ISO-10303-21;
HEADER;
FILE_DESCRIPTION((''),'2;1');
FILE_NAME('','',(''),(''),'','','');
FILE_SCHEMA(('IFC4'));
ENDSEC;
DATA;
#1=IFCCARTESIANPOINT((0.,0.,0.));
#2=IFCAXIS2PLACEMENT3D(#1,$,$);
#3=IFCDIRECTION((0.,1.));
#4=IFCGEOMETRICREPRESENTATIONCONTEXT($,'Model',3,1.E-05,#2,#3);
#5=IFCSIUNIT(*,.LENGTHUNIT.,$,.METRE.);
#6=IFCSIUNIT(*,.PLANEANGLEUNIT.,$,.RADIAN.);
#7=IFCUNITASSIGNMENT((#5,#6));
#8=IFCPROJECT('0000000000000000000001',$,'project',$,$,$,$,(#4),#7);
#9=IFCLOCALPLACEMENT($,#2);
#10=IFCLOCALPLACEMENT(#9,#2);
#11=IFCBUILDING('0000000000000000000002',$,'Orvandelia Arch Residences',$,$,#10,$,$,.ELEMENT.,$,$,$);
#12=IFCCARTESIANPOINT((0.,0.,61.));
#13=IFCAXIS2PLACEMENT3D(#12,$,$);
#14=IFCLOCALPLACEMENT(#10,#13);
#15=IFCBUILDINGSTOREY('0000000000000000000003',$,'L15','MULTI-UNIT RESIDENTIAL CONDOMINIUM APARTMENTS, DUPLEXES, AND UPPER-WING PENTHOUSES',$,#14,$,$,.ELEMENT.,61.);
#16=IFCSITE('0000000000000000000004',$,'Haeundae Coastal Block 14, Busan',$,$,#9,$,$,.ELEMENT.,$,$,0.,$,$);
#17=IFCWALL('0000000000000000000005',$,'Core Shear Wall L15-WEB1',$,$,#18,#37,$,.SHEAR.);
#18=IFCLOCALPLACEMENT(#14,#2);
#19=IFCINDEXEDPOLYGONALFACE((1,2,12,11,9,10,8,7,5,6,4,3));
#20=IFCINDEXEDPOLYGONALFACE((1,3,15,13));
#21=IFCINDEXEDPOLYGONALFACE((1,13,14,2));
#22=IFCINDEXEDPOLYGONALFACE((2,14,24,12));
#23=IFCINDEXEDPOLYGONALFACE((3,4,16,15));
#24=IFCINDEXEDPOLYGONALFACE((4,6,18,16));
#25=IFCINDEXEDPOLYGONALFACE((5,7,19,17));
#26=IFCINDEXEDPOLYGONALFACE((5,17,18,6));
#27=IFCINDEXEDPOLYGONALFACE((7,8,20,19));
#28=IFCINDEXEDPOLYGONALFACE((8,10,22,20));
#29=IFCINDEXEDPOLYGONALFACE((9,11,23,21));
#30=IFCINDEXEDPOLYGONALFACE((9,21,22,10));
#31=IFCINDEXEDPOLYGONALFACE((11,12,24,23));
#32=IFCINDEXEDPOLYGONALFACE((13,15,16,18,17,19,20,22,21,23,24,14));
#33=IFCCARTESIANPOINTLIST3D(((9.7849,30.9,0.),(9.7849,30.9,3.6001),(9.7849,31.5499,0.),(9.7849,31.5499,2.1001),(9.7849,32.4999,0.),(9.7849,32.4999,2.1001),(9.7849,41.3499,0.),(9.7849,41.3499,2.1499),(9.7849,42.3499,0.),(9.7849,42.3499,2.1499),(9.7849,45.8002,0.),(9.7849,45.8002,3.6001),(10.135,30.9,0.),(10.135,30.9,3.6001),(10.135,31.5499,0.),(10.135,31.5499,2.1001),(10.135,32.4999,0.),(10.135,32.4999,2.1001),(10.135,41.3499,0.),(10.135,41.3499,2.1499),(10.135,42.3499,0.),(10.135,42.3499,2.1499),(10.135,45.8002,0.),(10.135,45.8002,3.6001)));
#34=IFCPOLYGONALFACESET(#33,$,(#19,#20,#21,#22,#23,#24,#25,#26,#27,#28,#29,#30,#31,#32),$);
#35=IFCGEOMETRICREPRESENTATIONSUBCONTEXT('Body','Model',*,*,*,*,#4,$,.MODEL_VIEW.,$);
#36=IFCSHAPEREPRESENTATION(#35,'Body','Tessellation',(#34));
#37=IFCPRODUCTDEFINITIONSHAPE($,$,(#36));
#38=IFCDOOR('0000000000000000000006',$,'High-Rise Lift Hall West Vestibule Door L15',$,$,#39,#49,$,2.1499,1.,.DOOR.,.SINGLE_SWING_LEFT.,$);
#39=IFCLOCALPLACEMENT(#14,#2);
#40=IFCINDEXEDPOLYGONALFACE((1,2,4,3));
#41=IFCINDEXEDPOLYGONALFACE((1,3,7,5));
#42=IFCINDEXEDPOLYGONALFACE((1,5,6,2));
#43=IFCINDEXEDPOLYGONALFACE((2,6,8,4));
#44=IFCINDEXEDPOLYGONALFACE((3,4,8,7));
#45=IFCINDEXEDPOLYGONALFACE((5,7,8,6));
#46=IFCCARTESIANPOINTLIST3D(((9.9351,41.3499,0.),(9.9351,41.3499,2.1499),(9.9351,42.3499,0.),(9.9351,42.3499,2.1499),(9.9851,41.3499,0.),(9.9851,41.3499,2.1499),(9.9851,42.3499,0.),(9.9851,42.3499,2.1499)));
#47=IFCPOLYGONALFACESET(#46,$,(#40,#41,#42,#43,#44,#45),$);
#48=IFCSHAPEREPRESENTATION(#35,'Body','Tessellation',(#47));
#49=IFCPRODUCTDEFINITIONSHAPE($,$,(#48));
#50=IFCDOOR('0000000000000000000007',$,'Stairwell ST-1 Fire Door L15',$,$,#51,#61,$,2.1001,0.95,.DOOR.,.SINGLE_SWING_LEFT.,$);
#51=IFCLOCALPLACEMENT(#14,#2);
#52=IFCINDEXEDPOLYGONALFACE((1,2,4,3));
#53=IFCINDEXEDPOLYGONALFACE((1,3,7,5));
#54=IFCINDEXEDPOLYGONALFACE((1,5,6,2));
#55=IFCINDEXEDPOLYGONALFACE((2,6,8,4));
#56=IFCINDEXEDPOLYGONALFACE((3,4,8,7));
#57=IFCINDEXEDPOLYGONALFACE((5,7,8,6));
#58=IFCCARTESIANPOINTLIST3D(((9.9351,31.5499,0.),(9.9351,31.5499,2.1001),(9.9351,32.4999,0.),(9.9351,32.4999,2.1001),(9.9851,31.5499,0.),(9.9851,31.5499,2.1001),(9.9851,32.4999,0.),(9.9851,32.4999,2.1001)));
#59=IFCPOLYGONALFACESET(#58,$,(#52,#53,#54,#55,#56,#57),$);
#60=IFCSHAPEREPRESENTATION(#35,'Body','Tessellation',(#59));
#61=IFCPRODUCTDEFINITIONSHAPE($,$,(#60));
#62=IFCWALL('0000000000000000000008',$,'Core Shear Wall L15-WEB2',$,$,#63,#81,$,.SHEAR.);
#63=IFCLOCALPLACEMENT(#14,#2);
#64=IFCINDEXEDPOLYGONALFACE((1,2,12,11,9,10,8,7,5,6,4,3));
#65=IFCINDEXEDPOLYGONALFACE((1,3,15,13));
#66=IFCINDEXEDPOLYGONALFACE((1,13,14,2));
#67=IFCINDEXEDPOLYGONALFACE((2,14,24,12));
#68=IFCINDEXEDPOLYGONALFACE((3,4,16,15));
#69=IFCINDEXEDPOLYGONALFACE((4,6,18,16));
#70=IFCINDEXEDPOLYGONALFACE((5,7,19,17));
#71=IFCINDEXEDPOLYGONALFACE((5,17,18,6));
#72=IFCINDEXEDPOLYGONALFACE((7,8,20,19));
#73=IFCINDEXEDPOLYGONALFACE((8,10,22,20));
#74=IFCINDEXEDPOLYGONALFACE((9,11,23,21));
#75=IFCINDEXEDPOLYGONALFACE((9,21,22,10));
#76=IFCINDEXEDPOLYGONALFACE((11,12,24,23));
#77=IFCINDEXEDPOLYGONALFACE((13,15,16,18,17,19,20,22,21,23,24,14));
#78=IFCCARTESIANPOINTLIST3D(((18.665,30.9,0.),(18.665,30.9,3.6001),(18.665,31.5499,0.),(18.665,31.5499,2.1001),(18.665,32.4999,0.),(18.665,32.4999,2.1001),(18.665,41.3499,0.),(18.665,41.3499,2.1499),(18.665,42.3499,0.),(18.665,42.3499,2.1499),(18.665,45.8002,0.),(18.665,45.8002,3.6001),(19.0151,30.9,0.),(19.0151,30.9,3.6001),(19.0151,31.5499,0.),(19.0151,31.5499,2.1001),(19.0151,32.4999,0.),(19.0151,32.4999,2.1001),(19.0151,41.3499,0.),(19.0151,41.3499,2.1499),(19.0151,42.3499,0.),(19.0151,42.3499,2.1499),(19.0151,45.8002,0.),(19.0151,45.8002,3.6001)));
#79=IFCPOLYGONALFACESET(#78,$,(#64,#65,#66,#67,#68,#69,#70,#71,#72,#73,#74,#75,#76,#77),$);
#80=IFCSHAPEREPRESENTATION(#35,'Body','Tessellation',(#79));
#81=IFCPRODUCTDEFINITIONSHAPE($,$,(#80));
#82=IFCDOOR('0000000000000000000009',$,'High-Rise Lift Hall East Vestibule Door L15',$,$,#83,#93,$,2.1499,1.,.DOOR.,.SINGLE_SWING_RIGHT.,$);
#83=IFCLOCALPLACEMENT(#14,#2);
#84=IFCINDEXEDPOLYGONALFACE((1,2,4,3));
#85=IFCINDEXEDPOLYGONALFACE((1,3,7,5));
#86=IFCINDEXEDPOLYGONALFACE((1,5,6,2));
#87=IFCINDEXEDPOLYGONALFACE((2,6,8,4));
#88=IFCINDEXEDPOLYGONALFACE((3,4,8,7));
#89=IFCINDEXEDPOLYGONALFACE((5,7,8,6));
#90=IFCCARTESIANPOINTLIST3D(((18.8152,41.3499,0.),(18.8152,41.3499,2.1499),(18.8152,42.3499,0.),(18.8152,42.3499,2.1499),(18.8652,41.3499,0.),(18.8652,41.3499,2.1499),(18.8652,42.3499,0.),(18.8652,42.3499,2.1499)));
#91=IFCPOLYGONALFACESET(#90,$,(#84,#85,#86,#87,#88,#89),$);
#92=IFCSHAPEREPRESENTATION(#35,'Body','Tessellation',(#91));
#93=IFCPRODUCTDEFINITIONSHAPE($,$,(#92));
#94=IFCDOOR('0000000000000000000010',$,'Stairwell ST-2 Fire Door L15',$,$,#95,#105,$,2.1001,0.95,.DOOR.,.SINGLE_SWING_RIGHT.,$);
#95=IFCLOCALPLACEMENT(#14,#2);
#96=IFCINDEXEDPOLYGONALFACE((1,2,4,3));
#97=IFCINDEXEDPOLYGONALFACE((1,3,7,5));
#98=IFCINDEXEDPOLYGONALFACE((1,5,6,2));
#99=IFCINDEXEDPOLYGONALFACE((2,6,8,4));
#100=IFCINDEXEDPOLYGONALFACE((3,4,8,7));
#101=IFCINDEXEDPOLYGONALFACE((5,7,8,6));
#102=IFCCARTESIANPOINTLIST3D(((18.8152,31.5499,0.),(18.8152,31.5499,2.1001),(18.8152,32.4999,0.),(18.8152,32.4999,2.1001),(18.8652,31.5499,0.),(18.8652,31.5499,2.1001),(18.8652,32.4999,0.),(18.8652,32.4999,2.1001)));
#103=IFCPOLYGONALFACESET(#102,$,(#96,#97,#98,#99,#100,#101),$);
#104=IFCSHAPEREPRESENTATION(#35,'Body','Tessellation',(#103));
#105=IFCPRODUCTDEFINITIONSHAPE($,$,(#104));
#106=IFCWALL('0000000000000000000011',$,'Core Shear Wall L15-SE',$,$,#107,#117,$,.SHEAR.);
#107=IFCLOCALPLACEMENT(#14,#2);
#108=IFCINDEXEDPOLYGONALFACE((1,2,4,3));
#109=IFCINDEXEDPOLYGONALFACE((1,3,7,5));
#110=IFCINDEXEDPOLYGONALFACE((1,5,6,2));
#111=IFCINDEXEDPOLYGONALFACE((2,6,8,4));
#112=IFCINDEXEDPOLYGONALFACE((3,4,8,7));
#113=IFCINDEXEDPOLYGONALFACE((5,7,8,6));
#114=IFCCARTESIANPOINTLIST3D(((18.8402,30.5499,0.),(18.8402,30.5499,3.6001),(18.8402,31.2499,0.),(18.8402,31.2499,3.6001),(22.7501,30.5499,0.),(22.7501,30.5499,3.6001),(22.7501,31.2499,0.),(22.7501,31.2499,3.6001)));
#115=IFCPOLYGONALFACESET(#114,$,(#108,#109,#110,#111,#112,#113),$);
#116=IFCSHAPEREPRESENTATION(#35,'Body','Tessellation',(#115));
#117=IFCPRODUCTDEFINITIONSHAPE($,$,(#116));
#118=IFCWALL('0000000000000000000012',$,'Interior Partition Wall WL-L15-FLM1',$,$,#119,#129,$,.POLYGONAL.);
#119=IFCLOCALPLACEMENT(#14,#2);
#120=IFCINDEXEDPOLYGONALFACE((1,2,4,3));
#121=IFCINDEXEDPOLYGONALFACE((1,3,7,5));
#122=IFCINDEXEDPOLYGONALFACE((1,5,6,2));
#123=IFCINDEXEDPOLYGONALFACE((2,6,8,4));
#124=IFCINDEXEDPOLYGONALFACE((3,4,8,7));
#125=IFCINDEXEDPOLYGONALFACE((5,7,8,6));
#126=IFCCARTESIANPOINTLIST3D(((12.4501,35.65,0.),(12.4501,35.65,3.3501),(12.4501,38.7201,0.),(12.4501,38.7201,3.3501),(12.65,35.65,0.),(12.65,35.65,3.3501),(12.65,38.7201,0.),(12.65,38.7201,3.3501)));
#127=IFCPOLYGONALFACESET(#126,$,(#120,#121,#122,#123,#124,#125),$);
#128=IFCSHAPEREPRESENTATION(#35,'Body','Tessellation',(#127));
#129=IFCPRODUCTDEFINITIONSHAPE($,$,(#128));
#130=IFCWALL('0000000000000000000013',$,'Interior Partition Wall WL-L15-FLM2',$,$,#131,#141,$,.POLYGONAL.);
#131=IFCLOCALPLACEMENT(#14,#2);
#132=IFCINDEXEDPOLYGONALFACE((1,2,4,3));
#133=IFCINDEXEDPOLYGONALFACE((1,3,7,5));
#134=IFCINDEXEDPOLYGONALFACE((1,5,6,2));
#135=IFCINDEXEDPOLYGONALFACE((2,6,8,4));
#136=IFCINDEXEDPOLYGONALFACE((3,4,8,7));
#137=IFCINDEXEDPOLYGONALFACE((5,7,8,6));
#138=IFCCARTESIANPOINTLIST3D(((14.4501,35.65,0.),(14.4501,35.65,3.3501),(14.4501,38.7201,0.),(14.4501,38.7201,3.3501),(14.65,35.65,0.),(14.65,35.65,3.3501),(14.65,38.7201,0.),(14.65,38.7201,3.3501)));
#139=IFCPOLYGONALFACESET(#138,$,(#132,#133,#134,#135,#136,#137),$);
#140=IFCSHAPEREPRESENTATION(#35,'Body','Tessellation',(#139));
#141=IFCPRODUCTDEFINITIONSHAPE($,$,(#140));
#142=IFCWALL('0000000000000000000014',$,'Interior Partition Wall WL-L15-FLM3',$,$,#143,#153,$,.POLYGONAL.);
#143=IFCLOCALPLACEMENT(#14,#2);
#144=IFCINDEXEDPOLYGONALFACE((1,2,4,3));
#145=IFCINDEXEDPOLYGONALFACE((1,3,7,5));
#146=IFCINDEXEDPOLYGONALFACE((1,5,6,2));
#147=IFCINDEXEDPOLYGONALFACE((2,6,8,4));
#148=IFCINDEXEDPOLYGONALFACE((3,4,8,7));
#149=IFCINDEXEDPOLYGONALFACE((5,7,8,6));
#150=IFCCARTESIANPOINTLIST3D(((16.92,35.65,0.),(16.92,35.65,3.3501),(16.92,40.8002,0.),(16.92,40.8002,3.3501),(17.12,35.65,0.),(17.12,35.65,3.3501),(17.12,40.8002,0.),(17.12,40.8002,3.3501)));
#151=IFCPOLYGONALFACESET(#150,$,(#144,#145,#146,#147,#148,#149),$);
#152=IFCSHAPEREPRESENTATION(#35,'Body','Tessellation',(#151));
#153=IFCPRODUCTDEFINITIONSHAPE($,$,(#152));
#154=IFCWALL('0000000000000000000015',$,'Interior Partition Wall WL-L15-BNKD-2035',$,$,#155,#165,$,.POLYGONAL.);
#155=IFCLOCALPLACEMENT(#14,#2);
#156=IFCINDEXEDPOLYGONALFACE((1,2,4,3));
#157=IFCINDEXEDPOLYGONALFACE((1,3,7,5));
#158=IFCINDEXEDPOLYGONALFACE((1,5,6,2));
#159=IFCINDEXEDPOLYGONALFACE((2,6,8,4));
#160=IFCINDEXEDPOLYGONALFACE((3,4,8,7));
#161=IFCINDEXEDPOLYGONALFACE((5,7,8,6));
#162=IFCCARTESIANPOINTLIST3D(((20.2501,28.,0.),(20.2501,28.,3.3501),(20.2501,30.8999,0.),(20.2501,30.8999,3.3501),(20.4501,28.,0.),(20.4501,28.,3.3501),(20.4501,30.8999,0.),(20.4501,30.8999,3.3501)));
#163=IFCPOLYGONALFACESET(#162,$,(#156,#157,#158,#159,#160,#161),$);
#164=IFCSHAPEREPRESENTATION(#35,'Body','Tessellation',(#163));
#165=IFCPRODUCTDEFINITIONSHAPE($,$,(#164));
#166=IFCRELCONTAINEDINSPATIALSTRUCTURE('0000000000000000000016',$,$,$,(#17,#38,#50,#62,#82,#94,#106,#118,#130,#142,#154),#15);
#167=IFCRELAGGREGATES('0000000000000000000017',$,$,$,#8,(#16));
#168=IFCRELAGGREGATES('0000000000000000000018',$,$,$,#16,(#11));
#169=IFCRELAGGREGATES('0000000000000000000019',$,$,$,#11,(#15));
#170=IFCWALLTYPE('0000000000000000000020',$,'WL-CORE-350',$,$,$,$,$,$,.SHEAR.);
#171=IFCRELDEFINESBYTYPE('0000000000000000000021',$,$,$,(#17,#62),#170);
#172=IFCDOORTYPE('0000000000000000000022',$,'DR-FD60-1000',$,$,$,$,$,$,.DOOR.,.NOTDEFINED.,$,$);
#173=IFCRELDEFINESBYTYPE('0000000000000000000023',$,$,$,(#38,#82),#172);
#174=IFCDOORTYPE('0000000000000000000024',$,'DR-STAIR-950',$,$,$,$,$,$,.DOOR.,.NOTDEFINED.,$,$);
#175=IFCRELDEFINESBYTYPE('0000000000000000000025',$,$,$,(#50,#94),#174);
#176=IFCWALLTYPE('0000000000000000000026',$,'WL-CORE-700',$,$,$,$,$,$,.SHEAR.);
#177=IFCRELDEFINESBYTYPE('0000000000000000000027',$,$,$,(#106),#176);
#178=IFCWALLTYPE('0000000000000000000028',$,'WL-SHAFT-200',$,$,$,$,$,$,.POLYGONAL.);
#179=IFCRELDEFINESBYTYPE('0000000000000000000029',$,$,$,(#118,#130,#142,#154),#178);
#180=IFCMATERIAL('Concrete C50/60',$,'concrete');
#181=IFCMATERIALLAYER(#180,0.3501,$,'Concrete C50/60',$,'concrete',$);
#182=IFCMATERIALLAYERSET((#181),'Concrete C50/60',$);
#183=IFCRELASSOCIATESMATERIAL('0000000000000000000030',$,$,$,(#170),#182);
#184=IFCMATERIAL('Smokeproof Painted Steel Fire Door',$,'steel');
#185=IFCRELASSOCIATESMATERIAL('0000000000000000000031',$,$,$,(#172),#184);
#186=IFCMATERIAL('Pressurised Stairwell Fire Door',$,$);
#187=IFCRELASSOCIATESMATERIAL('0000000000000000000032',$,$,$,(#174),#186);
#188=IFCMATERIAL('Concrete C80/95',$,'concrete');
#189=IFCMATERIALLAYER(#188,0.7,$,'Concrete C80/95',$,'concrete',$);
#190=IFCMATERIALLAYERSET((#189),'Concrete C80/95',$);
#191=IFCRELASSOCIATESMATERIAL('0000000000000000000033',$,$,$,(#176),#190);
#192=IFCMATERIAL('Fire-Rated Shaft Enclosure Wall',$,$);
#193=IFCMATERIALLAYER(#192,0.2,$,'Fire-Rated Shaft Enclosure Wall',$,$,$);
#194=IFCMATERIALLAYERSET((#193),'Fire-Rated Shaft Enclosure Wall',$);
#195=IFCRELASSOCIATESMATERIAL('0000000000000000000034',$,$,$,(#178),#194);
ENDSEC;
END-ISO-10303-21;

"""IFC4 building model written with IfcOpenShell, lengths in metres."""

from ifc_helpers import new_model, si_unit, direction, frame, frame_2d, origin, place, context, subcontext, project, spatial, rectangle, extrude, material, layer, layer_set, type_object, element, fill, save


model = new_model("IFC4")

# Units and contexts
model_context = context("Model", 3, precision=1e-05, world=origin(), true_north=direction((0.0, 1.0)))
body_context = subcontext(model_context, "Body", "Model", "MODEL_VIEW")
ifc_project = project(units=[si_unit("LENGTHUNIT", "METRE"), si_unit("PLANEANGLEUNIT", "RADIAN")], contexts=[model_context])

# Site, building, storey
site_placement = place(None, origin())
site = spatial("IfcSite", under=ifc_project, at=site_placement, Name="Haeundae Coastal Block 14, Busan", CompositionType="ELEMENT", RefElevation=0.0)
building_placement = place(site_placement, origin())
building = spatial("IfcBuilding", under=site, at=building_placement, Name="Orvandelia Arch Residences", CompositionType="ELEMENT")
storey_placement = place(building_placement, frame((0.0, 0.0, 61.0)))
storey = spatial("IfcBuildingStorey", under=building, at=storey_placement, Name="L15", Description="MULTI-UNIT RESIDENTIAL CONDOMINIUM APARTMENTS, DUPLEXES, AND UPPER-WING PENTHOUSES", CompositionType="ELEMENT", Elevation=61.0)

# Walls, openings, doors
ifc_material_1 = material(Name="Concrete C50/60", Category="concrete")
ifc_layer_1 = layer(ifc_material_1, 0.3501, Name="Concrete C50/60", Category="concrete")
ifc_layer_set_1 = layer_set([ifc_layer_1], Name="Concrete C50/60")
wall_type_1 = type_object("IfcWallType", Name="WL-CORE-350", PredefinedType="SHEAR", material=ifc_layer_set_1)
wall_1_placement = place(storey_placement, frame((9.96, 30.8999, 0.0), z_axis=(0.0, 0.0, 1.0), x_axis=(0.0, 1.0, 0.0)))
wall_1 = element("IfcWall", 1, at=wall_1_placement, inside=storey, type_object=wall_type_1, Name="Core Shear Wall L15-WEB1", PredefinedType="SHEAR", context=body_context, shape_type="SweptSolid", body=[
    extrude(rectangle(XDim=14.9001, YDim=0.3501, at=frame_2d((7.4502, 0.0))), origin(), (0.0, 0.0, 1.0), 3.6001),
])
opening_1_placement = place(wall_1_placement, frame((0.6499, 0.0, 0.0)))
opening_1 = element("IfcOpeningElement", 2, at=opening_1_placement, cuts=wall_1, PredefinedType="OPENING", context=body_context, shape_type="SweptSolid", body=[
    extrude(rectangle(XDim=0.95, YDim=2.1001, at=frame_2d((0.4751, 1.05))), frame((0.0, 0.1851, 0.0), z_axis=(0.0, -1.0, 0.0), x_axis=(1.0, 0.0, 0.0)), (0.0, 0.0, 1.0), 0.3701),
])
opening_2_placement = place(wall_1_placement, frame((10.45, 0.0, 0.0)))
opening_2 = element("IfcOpeningElement", 3, at=opening_2_placement, cuts=wall_1, PredefinedType="OPENING", context=body_context, shape_type="SweptSolid", body=[
    extrude(rectangle(XDim=1.0, YDim=2.1499, at=frame_2d((0.5, 1.075))), frame((0.0, 0.1851, 0.0), z_axis=(0.0, -1.0, 0.0), x_axis=(1.0, 0.0, 0.0)), (0.0, 0.0, 1.0), 0.3701),
])
ifc_material_2 = material(Name="Smokeproof Painted Steel Fire Door", Category="steel")
door_type_1 = type_object("IfcDoorType", Name="DR-FD60-1000", OperationType="NOTDEFINED", PredefinedType="DOOR", material=ifc_material_2)
door_1_placement = place(opening_2_placement, origin())
door_1 = element("IfcDoor", 4, at=door_1_placement, inside=storey, type_object=door_type_1, Name="High-Rise Lift Hall West Vestibule Door L15", OperationType="SINGLE_SWING_LEFT", OverallHeight=2.1499, OverallWidth=1.0, PredefinedType="DOOR", context=body_context, shape_type="SweptSolid", body=[
    extrude(rectangle(XDim=1.0, YDim=2.1499, at=frame_2d((0.5, 1.075))), frame((0.0, 0.0249, 0.0), z_axis=(0.0, -1.0, 0.0), x_axis=(1.0, 0.0, 0.0)), (0.0, 0.0, 1.0), 0.05),
])
fill(opening_2, door_1)
ifc_material_3 = material(Name="Pressurised Stairwell Fire Door")
door_type_2 = type_object("IfcDoorType", Name="DR-STAIR-950", OperationType="NOTDEFINED", PredefinedType="DOOR", material=ifc_material_3)
door_2_placement = place(opening_1_placement, origin())
door_2 = element("IfcDoor", 5, at=door_2_placement, inside=storey, type_object=door_type_2, Name="Stairwell ST-1 Fire Door L15", OperationType="SINGLE_SWING_LEFT", OverallHeight=2.1001, OverallWidth=0.95, PredefinedType="DOOR", context=body_context, shape_type="SweptSolid", body=[
    extrude(rectangle(XDim=0.95, YDim=2.1001, at=frame_2d((0.4751, 1.05))), frame((0.0, 0.0249, 0.0), z_axis=(0.0, -1.0, 0.0), x_axis=(1.0, 0.0, 0.0)), (0.0, 0.0, 1.0), 0.05),
])
fill(opening_1, door_2)
wall_2_placement = place(storey_placement, frame((18.8401, 30.8999, 0.0), z_axis=(0.0, 0.0, 1.0), x_axis=(0.0, 1.0, 0.0)))
wall_2 = element("IfcWall", 6, at=wall_2_placement, inside=storey, type_object=wall_type_1, Name="Core Shear Wall L15-WEB2", PredefinedType="SHEAR", context=body_context, shape_type="SweptSolid", body=[
    extrude(rectangle(XDim=14.9001, YDim=0.3501, at=frame_2d((7.4502, 0.0))), origin(), (0.0, 0.0, 1.0), 3.6001),
])
opening_3_placement = place(wall_2_placement, frame((0.6499, 0.0, 0.0)))
opening_3 = element("IfcOpeningElement", 7, at=opening_3_placement, cuts=wall_2, PredefinedType="OPENING", context=body_context, shape_type="SweptSolid", body=[
    extrude(rectangle(XDim=0.95, YDim=2.1001, at=frame_2d((0.4751, 1.05))), frame((0.0, 0.1851, 0.0), z_axis=(0.0, -1.0, 0.0), x_axis=(1.0, 0.0, 0.0)), (0.0, 0.0, 1.0), 0.3701),
])
opening_4_placement = place(wall_2_placement, frame((10.45, 0.0, 0.0)))
opening_4 = element("IfcOpeningElement", 8, at=opening_4_placement, cuts=wall_2, PredefinedType="OPENING", context=body_context, shape_type="SweptSolid", body=[
    extrude(rectangle(XDim=1.0, YDim=2.1499, at=frame_2d((0.5, 1.075))), frame((0.0, 0.1851, 0.0), z_axis=(0.0, -1.0, 0.0), x_axis=(1.0, 0.0, 0.0)), (0.0, 0.0, 1.0), 0.3701),
])
door_3_placement = place(opening_4_placement, origin())
door_3 = element("IfcDoor", 9, at=door_3_placement, inside=storey, type_object=door_type_1, Name="High-Rise Lift Hall East Vestibule Door L15", OperationType="SINGLE_SWING_RIGHT", OverallHeight=2.1499, OverallWidth=1.0, PredefinedType="DOOR", context=body_context, shape_type="SweptSolid", body=[
    extrude(rectangle(XDim=1.0, YDim=2.1499, at=frame_2d((0.5, 1.075))), frame((0.0, 0.0249, 0.0), z_axis=(0.0, -1.0, 0.0), x_axis=(1.0, 0.0, 0.0)), (0.0, 0.0, 1.0), 0.05),
])
fill(opening_4, door_3)
door_4_placement = place(opening_3_placement, origin())
door_4 = element("IfcDoor", 10, at=door_4_placement, inside=storey, type_object=door_type_2, Name="Stairwell ST-2 Fire Door L15", OperationType="SINGLE_SWING_RIGHT", OverallHeight=2.1001, OverallWidth=0.95, PredefinedType="DOOR", context=body_context, shape_type="SweptSolid", body=[
    extrude(rectangle(XDim=0.95, YDim=2.1001, at=frame_2d((0.4751, 1.05))), frame((0.0, 0.0249, 0.0), z_axis=(0.0, -1.0, 0.0), x_axis=(1.0, 0.0, 0.0)), (0.0, 0.0, 1.0), 0.05),
])
fill(opening_3, door_4)

# Shared definitions
ifc_material_4 = material(Name="Concrete C80/95", Category="concrete")
ifc_layer_2 = layer(ifc_material_4, 0.7, Name="Concrete C80/95", Category="concrete")
ifc_layer_set_2 = layer_set([ifc_layer_2], Name="Concrete C80/95")
wall_type_2 = type_object("IfcWallType", Name="WL-CORE-700", PredefinedType="SHEAR", material=ifc_layer_set_2)

# Walls
wall_3_placement = place(storey_placement, frame((18.8401, 30.8999, 0.0), z_axis=(0.0, 0.0, 1.0), x_axis=(1.0, 0.0, 0.0)))
element("IfcWall", 11, at=wall_3_placement, inside=storey, type_object=wall_type_2, Name="Core Shear Wall L15-SE", PredefinedType="SHEAR", context=body_context, shape_type="SweptSolid", body=[
    extrude(rectangle(XDim=3.9099, YDim=0.7, at=frame_2d((1.9551, 0.0))), origin(), (0.0, 0.0, 1.0), 3.6001),
])
ifc_material_5 = material(Name="Fire-Rated Shaft Enclosure Wall")
ifc_layer_3 = layer(ifc_material_5, 0.2, Name="Fire-Rated Shaft Enclosure Wall")
ifc_layer_set_3 = layer_set([ifc_layer_3], Name="Fire-Rated Shaft Enclosure Wall")
wall_type_3 = type_object("IfcWallType", Name="WL-SHAFT-200", PredefinedType="POLYGONAL", material=ifc_layer_set_3)
for number, where, z_axis, x_axis, name in (
    (12, (12.55, 35.6499, 0.0), (0.0, 0.0, 1.0), (0.0, 1.0, 0.0), "Interior Partition Wall WL-L15-FLM1"),
    (13, (14.55, 35.6499, 0.0), (0.0, 0.0, 1.0), (0.0, 1.0, 0.0), "Interior Partition Wall WL-L15-FLM2"),
):
    element("IfcWall", number, at=place(storey_placement, frame(where, z_axis=z_axis, x_axis=x_axis)), inside=storey, type_object=wall_type_3, Name=name, PredefinedType="POLYGONAL", context=body_context, shape_type="SweptSolid", body=[
        extrude(rectangle(XDim=3.0701, YDim=0.2, at=frame_2d((1.5352, 0.0))), origin(), (0.0, 0.0, 1.0), 3.3501),
    ])
wall_4_placement = place(storey_placement, frame((17.02, 35.6499, 0.0), z_axis=(0.0, 0.0, 1.0), x_axis=(0.0, 1.0, 0.0)))
element("IfcWall", 14, at=wall_4_placement, inside=storey, type_object=wall_type_3, Name="Interior Partition Wall WL-L15-FLM3", PredefinedType="POLYGONAL", context=body_context, shape_type="SweptSolid", body=[
    extrude(rectangle(XDim=5.1501, YDim=0.2, at=frame_2d((2.5752, 0.0))), origin(), (0.0, 0.0, 1.0), 3.3501),
])
wall_5_placement = place(storey_placement, frame((20.3501, 28.0, 0.0), z_axis=(0.0, 0.0, 1.0), x_axis=(0.0, 1.0, 0.0)))
element("IfcWall", 15, at=wall_5_placement, inside=storey, type_object=wall_type_3, Name="Interior Partition Wall WL-L15-BNKD-2035", PredefinedType="POLYGONAL", context=body_context, shape_type="SweptSolid", body=[
    extrude(rectangle(XDim=2.8999, YDim=0.2, at=frame_2d((1.45, 0.0))), origin(), (0.0, 0.0, 1.0), 3.3501),
])

save(model, "model.ifc")
